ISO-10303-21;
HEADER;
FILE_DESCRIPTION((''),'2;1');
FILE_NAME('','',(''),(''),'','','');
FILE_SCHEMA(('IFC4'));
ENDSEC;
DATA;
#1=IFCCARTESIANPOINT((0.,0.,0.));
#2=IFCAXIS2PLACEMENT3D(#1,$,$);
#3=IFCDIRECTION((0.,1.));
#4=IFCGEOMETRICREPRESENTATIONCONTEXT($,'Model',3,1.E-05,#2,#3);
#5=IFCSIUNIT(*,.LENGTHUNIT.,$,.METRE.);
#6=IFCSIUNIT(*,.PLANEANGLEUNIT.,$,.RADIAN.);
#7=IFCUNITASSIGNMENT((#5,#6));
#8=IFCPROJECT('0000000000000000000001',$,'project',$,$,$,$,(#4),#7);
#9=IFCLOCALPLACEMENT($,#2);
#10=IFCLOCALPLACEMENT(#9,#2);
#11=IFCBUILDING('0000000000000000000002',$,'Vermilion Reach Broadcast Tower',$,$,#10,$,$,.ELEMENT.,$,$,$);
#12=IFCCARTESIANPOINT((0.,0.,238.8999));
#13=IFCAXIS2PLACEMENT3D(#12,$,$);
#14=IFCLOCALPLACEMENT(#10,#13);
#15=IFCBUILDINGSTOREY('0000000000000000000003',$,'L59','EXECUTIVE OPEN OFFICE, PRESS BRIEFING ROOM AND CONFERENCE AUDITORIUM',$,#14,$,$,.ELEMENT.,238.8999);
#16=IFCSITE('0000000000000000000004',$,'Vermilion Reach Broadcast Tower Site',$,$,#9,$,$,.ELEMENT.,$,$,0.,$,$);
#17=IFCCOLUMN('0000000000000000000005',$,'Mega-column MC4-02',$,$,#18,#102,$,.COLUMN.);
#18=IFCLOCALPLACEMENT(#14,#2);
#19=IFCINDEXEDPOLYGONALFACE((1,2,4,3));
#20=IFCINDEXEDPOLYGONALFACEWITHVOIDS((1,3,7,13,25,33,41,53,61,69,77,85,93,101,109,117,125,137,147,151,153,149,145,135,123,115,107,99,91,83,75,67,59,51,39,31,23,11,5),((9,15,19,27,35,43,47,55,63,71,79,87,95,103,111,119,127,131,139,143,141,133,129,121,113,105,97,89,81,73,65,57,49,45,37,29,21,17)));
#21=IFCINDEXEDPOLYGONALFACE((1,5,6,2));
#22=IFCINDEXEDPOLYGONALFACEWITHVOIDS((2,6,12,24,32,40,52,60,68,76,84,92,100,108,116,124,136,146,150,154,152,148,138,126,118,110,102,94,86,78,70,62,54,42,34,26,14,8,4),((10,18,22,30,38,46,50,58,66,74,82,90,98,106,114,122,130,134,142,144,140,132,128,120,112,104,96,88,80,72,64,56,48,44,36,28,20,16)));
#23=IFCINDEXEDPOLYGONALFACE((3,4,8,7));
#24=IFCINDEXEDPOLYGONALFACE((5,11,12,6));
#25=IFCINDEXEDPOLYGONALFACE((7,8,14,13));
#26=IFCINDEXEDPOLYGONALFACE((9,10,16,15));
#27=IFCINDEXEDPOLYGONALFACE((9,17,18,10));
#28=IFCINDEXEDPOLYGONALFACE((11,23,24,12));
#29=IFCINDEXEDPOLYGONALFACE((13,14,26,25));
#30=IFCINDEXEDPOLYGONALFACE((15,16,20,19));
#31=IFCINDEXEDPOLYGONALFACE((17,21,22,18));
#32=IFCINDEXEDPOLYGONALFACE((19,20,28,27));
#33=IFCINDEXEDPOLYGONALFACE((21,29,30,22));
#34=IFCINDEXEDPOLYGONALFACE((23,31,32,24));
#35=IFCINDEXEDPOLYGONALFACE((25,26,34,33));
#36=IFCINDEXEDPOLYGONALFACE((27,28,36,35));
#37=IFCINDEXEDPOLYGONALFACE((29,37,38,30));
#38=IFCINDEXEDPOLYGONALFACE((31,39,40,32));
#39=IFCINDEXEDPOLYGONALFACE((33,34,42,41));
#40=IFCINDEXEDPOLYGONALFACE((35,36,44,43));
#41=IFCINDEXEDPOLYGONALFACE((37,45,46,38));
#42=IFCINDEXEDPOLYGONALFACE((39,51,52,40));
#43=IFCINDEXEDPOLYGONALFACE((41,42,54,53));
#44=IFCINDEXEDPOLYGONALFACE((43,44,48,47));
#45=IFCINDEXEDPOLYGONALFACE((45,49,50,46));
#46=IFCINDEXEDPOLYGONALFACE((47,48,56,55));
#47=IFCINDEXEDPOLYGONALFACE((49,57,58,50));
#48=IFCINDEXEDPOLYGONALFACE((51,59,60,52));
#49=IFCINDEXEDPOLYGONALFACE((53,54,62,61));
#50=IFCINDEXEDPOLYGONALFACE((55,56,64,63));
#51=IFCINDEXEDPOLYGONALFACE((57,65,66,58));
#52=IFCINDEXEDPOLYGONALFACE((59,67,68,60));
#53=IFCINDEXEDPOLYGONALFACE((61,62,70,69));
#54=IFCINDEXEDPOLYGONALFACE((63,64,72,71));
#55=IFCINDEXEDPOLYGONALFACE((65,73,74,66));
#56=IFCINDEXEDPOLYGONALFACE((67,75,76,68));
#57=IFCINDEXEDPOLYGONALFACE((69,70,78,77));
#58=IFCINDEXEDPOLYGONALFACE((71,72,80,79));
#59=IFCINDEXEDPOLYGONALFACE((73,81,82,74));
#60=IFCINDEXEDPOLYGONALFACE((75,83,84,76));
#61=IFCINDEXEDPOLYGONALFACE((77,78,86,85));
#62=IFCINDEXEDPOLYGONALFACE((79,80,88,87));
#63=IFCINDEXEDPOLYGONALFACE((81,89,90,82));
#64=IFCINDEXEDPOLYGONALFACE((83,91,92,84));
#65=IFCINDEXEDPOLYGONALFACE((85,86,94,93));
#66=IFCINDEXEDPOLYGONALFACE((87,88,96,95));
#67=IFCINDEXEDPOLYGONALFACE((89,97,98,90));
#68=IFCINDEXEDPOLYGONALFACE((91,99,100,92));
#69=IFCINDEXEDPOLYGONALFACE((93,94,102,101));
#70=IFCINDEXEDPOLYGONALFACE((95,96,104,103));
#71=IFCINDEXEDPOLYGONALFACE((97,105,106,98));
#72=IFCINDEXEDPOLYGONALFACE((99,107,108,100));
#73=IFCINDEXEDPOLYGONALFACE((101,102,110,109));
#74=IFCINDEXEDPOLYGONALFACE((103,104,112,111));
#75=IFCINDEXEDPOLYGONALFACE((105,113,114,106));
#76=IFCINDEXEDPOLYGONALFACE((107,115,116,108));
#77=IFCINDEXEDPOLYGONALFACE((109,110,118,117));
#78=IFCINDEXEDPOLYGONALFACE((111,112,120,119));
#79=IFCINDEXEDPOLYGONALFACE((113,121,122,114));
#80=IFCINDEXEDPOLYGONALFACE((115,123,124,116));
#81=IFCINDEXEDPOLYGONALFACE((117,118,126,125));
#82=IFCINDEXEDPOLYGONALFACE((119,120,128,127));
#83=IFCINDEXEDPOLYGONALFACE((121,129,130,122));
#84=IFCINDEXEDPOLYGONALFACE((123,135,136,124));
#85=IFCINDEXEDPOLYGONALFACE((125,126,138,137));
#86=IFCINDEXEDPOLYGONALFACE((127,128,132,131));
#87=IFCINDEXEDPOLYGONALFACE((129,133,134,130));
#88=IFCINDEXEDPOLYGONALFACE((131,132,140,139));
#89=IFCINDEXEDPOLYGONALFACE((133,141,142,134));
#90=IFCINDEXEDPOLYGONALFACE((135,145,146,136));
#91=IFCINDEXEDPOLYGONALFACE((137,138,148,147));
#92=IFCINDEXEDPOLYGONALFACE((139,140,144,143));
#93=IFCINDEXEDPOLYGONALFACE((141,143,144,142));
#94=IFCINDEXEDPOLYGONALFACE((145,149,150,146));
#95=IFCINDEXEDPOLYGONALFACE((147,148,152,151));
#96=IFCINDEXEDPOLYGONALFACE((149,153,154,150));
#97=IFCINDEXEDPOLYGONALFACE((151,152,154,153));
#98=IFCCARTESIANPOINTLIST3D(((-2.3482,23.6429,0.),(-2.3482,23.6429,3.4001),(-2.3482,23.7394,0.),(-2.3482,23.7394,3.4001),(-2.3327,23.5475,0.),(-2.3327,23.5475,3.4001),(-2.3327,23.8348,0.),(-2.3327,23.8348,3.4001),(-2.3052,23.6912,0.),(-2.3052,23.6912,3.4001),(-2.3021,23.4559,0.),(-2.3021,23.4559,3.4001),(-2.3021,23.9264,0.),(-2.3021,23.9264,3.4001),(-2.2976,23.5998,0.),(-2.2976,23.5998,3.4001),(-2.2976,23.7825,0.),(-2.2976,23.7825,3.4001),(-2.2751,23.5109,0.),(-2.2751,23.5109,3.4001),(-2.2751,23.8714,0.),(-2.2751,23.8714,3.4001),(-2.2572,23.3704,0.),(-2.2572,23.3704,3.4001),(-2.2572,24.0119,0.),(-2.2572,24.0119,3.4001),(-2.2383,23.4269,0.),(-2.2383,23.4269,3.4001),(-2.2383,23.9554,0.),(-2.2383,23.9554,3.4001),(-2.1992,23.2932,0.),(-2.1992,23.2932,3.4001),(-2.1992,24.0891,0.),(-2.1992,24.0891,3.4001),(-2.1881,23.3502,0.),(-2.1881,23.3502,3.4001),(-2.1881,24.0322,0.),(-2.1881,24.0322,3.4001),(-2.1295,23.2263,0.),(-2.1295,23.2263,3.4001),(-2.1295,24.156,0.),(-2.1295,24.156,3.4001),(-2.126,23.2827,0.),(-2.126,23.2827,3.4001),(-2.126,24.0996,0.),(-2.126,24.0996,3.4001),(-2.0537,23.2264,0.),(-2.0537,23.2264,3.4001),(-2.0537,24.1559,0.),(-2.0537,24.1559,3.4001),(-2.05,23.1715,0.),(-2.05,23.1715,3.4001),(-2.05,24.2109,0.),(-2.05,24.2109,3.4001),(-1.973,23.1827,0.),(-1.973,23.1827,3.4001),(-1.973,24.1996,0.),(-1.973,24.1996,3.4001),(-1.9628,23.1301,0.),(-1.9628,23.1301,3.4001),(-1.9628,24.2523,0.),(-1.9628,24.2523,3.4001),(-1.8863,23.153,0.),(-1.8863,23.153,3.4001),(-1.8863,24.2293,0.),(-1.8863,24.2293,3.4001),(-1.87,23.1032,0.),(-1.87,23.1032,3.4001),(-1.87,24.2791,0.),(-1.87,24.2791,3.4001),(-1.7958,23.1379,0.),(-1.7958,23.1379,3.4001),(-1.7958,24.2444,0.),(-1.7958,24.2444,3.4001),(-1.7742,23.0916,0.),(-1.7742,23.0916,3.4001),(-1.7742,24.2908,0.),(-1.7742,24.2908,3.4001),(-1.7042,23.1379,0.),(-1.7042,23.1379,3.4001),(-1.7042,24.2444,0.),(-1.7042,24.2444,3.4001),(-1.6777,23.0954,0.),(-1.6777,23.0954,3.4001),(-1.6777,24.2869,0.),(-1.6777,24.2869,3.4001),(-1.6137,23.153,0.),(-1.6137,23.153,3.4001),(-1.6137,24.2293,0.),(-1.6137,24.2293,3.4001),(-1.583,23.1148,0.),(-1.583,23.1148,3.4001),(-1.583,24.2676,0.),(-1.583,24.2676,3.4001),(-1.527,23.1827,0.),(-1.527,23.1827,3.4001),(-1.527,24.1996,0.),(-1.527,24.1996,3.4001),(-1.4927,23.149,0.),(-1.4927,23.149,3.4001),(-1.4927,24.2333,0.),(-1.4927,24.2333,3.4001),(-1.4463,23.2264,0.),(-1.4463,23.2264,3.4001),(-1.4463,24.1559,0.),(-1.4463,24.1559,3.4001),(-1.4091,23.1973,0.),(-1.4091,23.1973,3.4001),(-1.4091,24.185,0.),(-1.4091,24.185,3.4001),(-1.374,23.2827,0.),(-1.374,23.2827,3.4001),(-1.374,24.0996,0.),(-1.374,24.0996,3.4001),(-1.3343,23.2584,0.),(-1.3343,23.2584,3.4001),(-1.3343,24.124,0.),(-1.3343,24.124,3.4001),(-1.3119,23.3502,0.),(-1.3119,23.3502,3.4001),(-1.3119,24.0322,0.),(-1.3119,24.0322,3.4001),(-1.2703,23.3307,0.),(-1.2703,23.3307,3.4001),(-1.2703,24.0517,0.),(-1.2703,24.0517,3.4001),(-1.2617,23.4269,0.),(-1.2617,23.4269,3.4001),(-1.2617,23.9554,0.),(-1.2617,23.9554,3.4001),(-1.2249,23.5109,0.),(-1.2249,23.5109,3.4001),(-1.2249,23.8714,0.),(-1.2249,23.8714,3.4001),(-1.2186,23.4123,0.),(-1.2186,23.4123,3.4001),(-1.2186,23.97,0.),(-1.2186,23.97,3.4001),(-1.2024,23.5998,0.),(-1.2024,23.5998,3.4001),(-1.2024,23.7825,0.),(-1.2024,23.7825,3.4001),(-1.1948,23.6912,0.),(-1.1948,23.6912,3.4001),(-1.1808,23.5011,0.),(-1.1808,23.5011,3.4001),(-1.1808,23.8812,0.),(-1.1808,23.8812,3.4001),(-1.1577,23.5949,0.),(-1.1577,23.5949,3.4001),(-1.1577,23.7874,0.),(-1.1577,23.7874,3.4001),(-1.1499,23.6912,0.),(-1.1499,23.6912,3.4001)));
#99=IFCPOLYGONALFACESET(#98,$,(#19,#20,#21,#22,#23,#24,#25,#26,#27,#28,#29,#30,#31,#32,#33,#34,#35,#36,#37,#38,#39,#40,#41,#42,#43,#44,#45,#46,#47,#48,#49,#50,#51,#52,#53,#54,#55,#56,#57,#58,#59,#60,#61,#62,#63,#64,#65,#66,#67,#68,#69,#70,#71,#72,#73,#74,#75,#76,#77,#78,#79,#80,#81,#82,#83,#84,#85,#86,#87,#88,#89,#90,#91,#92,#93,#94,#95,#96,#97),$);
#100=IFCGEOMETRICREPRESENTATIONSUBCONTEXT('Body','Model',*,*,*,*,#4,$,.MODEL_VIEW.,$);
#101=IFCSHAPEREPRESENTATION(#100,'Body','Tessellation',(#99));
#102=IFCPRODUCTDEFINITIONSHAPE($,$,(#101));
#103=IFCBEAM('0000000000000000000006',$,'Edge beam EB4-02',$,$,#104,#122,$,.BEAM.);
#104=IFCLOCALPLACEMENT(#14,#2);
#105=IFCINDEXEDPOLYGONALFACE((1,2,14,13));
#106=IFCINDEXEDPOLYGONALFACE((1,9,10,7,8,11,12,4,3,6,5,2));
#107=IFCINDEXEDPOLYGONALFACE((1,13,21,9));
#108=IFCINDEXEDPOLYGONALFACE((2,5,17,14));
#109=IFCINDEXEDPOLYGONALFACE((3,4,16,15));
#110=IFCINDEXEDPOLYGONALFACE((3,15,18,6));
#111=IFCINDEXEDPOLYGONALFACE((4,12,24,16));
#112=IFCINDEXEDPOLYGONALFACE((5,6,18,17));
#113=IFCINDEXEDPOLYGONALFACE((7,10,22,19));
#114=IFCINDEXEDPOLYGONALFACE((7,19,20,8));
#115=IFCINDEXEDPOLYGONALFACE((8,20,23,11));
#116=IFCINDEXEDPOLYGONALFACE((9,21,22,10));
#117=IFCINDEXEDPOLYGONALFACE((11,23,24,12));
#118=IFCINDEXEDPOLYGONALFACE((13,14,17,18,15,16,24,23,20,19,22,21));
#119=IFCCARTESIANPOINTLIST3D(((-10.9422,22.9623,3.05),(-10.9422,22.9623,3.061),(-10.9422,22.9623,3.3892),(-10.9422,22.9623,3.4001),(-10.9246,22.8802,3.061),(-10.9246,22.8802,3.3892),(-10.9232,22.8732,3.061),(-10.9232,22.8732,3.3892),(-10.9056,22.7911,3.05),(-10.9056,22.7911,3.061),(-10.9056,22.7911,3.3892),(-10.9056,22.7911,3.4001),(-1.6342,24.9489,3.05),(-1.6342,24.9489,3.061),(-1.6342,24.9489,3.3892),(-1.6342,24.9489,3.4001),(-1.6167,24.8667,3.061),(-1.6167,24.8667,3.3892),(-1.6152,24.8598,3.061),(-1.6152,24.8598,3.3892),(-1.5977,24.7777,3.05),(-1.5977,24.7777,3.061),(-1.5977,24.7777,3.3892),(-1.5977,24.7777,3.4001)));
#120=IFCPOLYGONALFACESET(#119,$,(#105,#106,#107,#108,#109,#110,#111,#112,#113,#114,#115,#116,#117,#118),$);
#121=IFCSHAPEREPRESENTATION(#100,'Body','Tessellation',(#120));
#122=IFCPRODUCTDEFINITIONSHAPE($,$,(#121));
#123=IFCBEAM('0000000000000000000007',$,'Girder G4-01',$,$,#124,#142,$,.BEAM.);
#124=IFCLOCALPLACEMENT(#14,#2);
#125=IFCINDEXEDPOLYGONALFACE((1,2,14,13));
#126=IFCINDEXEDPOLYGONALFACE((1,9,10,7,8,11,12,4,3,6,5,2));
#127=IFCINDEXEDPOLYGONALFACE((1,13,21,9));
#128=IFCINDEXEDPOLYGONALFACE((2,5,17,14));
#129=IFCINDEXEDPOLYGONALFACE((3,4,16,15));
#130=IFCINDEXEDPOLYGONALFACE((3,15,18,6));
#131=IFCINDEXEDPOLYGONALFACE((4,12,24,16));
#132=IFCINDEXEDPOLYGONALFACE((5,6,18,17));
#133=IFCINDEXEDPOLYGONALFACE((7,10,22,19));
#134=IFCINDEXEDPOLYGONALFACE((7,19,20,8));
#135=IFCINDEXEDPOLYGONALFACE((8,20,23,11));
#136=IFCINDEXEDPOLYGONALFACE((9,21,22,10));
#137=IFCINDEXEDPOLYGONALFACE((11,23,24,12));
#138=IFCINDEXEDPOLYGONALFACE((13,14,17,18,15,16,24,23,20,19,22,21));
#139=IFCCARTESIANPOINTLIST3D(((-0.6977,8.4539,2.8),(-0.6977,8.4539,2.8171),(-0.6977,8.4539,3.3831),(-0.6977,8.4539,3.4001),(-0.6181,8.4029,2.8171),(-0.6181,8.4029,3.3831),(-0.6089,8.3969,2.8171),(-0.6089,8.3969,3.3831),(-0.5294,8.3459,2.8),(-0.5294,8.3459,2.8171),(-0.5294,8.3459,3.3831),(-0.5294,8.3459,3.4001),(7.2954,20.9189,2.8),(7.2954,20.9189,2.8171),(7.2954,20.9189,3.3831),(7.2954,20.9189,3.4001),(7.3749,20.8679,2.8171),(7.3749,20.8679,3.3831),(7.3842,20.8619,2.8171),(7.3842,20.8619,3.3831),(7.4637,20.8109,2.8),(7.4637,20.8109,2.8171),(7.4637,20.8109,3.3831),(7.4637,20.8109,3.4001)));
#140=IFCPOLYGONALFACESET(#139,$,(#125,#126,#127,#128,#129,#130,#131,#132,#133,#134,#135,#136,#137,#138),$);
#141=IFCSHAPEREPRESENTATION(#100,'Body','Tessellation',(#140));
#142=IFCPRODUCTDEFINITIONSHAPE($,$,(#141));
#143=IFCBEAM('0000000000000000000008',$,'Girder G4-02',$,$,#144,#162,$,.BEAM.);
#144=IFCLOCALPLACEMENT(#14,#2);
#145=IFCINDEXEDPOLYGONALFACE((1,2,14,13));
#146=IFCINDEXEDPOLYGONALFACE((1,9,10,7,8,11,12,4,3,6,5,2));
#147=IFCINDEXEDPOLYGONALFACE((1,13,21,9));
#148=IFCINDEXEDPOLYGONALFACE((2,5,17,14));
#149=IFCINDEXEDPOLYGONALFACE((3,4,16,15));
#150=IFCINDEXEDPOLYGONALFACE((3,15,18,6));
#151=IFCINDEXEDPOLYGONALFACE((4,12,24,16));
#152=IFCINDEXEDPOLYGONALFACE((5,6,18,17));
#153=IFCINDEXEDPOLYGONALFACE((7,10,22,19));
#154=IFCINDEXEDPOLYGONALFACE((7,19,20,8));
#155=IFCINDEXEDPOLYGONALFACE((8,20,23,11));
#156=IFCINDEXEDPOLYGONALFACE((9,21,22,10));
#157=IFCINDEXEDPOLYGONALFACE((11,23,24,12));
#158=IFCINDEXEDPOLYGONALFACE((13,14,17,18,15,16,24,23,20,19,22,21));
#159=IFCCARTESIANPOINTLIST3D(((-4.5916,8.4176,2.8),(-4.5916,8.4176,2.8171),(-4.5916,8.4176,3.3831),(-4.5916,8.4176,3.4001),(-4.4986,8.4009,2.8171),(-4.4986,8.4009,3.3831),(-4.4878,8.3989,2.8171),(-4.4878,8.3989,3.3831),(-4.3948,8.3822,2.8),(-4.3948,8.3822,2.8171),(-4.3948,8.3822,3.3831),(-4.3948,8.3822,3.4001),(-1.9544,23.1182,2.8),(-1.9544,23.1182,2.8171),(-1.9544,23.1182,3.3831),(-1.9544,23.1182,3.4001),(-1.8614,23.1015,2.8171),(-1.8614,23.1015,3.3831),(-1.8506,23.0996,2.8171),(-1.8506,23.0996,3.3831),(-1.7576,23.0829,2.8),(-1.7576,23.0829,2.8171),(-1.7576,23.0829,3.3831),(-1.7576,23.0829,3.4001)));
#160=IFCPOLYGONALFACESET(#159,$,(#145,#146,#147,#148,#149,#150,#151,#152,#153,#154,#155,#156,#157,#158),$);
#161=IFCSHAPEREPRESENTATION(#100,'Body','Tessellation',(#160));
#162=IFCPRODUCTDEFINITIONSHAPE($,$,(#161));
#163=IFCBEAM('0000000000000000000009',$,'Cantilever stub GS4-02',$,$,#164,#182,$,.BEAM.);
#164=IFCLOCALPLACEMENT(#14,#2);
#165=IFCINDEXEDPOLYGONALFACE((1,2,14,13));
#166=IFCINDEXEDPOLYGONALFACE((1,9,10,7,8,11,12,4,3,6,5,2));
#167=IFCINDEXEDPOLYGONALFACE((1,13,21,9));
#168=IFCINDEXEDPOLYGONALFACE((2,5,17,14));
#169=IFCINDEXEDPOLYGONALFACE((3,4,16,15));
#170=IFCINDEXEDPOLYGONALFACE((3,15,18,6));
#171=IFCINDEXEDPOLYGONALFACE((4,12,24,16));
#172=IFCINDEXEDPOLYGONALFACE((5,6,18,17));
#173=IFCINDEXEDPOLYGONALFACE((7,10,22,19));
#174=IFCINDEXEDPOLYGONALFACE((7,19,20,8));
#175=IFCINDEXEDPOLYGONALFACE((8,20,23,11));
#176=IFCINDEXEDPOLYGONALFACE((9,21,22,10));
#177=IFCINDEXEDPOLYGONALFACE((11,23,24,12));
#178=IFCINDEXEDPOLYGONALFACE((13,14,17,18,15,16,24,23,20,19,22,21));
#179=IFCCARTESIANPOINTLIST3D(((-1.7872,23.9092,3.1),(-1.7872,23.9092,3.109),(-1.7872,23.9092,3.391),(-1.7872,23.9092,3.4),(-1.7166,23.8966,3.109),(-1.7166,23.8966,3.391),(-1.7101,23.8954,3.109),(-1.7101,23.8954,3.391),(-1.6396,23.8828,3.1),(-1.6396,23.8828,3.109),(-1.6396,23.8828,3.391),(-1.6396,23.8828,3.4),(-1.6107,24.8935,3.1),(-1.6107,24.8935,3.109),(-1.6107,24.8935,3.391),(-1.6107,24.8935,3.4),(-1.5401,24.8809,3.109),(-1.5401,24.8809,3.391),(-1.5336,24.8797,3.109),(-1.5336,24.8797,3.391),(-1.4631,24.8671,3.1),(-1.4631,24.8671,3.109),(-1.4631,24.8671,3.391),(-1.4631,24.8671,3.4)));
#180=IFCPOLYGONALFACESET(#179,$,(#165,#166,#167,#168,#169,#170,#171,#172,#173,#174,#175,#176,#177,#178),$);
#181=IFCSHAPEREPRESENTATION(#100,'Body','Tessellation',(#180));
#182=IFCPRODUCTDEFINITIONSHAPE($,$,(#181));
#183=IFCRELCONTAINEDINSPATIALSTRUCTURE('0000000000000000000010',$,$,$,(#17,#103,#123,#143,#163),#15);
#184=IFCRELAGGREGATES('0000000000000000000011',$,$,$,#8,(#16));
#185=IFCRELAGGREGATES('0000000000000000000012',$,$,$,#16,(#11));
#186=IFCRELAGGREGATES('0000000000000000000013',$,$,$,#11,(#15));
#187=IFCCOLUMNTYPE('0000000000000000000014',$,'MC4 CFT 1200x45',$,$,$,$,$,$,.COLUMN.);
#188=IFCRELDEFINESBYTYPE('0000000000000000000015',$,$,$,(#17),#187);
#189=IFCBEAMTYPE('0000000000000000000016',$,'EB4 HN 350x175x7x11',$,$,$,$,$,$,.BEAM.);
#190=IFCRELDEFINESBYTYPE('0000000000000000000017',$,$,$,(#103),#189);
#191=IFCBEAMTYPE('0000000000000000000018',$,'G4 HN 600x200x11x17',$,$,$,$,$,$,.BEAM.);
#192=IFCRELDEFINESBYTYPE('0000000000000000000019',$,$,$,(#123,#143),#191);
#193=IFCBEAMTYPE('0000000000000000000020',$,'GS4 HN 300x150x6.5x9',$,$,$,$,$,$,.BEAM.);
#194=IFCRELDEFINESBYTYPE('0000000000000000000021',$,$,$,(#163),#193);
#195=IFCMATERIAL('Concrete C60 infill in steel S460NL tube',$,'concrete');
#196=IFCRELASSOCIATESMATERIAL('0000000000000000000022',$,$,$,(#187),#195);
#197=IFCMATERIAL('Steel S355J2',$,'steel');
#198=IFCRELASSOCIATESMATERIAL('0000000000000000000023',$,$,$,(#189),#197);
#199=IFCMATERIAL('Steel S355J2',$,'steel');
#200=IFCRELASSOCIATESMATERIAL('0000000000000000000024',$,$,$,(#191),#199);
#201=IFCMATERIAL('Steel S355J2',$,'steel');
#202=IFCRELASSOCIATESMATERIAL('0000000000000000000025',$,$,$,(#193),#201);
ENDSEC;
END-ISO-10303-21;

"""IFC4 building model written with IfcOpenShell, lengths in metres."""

from ifc_helpers import new_model, si_unit, direction, frame, origin, origin_2d, place, context, subcontext, project, spatial, hollow_circle, i_section, extrude, material, material_profile, profile_set, type_object, element, save


model = new_model("IFC4")

# Units and contexts
model_context = context("Model", 3, precision=1e-05, world=origin(), true_north=direction((0.0, 1.0)))
body_context = subcontext(model_context, "Body", "Model", "MODEL_VIEW")
ifc_project = project(units=[si_unit("LENGTHUNIT", "METRE"), si_unit("PLANEANGLEUNIT", "RADIAN")], contexts=[model_context])

# Site, building, storey
site_placement = place(None, origin())
site = spatial("IfcSite", under=ifc_project, at=site_placement, Name="Vermilion Reach Broadcast Tower Site", CompositionType="ELEMENT", RefElevation=0.0)
building_placement = place(site_placement, origin())
building = spatial("IfcBuilding", under=site, at=building_placement, Name="Vermilion Reach Broadcast Tower", CompositionType="ELEMENT")
storey_placement = place(building_placement, frame((0.0, 0.0, 238.8999)))
storey = spatial("IfcBuildingStorey", under=building, at=storey_placement, Name="L59", Description="EXECUTIVE OPEN OFFICE, PRESS BRIEFING ROOM AND CONFERENCE AUDITORIUM", CompositionType="ELEMENT", Elevation=238.8999)

# Column
ifc_material_1 = material(Name="Concrete C60 infill in steel S460NL tube", Category="concrete")
ifc_material_profile_1 = material_profile(ifc_material_1, hollow_circle(Radius=0.6001, WallThickness=0.0449, at=origin_2d()), Name="Concrete C60 infill in steel S460NL tube CFT 1200x45")
ifc_profile_set_1 = profile_set([ifc_material_profile_1], Name="Concrete C60 infill in steel S460NL tube")
column_type = type_object("IfcColumnType", Name="MC4 CFT 1200x45", PredefinedType="COLUMN", material=ifc_profile_set_1)
column_placement = place(storey_placement, frame((-1.75, 23.6912, 0.0), z_axis=(0.0, 0.0, 1.0), x_axis=(1.0, 0.0, 0.0)))
element("IfcColumn", 1, at=column_placement, inside=storey, type_object=column_type, Name="Mega-column MC4-02", PredefinedType="COLUMN", context=body_context, shape_type="SweptSolid", body=[
    extrude(hollow_circle(Radius=0.6001, WallThickness=0.0449, at=origin_2d()), origin(), (0.0, 0.0, 1.0), 3.4001),
])

# Beams
ifc_material_2 = material(Name="Steel S355J2", Category="steel")
ifc_material_profile_2 = material_profile(ifc_material_2, i_section(OverallWidth=0.175, OverallDepth=0.3501, WebThickness=0.0071, FlangeThickness=0.011, at=origin_2d()), Name="S355J2 HN 350x175x7x11")
ifc_profile_set_2 = profile_set([ifc_material_profile_2], Name="Steel S355J2")
beam_type_1 = type_object("IfcBeamType", Name="EB4 HN 350x175x7x11", PredefinedType="BEAM", material=ifc_profile_set_2)
beam_1_placement = place(storey_placement, frame((-1.616, 24.8633, 3.2251), z_axis=(-0.977974, -0.208728, 0.0), x_axis=(0.208728, -0.977974, 0.0)))
element("IfcBeam", 2, at=beam_1_placement, inside=storey, type_object=beam_type_1, Name="Edge beam EB4-02", PredefinedType="BEAM", context=body_context, shape_type="SweptSolid", body=[
    extrude(i_section(OverallWidth=0.175, OverallDepth=0.3501, WebThickness=0.0071, FlangeThickness=0.011, at=origin_2d()), origin(), (0.0, 0.0, 1.0), 9.5176),
])
ifc_material_3 = material(Name="Steel S355J2", Category="steel")
ifc_material_profile_3 = material_profile(ifc_material_3, i_section(OverallWidth=0.2, OverallDepth=0.6001, WebThickness=0.011, FlangeThickness=0.0171, at=origin_2d()), Name="S355J2 HN 600x200x11x17")
ifc_profile_set_3 = profile_set([ifc_material_profile_3], Name="Steel S355J2")
beam_type_2 = type_object("IfcBeamType", Name="G4 HN 600x200x11x17", PredefinedType="BEAM", material=ifc_profile_set_3)
beam_2_placement = place(storey_placement, frame((-0.6135, 8.3999, 3.1001), z_axis=(0.539796, 0.841796, 0.0), x_axis=(-0.841796, 0.539796, 0.0)))
element("IfcBeam", 3, at=beam_2_placement, inside=storey, type_object=beam_type_2, Name="Girder G4-01", PredefinedType="BEAM", context=body_context, shape_type="SweptSolid", body=[
    extrude(i_section(OverallWidth=0.2, OverallDepth=0.6001, WebThickness=0.011, FlangeThickness=0.0171, at=origin_2d()), origin(), (0.0, 0.0, 1.0), 14.8076),
])
beam_3_placement = place(storey_placement, frame((-4.4932, 8.3999, 3.1001), z_axis=(0.176575, 0.984287, 0.0), x_axis=(-0.984287, 0.176575, 0.0)))
element("IfcBeam", 4, at=beam_3_placement, inside=storey, type_object=beam_type_2, Name="Girder G4-02", PredefinedType="BEAM", context=body_context, shape_type="SweptSolid", body=[
    extrude(i_section(OverallWidth=0.2, OverallDepth=0.6001, WebThickness=0.011, FlangeThickness=0.0171, at=origin_2d()), origin(), (0.0, 0.0, 1.0), 14.9353),
])
ifc_material_4 = material(Name="Steel S355J2", Category="steel")
ifc_material_profile_4 = material_profile(ifc_material_4, i_section(OverallWidth=0.1499, OverallDepth=0.3, WebThickness=0.0066, FlangeThickness=0.009, at=origin_2d()), Name="S355J2 HN 300x150x6.5x9")
ifc_profile_set_4 = profile_set([ifc_material_profile_4], Name="Steel S355J2")
beam_type_3 = type_object("IfcBeamType", Name="GS4 HN 300x150x6.5x9", PredefinedType="BEAM", material=ifc_profile_set_4)
beam_4_placement = place(storey_placement, frame((-1.7134, 23.896, 3.25), z_axis=(0.1765, 0.984301, 0.0), x_axis=(-0.984301, 0.1765, 0.0)))
element("IfcBeam", 5, at=beam_4_placement, inside=storey, type_object=beam_type_3, Name="Cantilever stub GS4-02", PredefinedType="BEAM", context=body_context, shape_type="SweptSolid", body=[
    extrude(i_section(OverallWidth=0.1499, OverallDepth=0.3, WebThickness=0.0066, FlangeThickness=0.009, at=origin_2d()), origin(), (0.0, 0.0, 1.0), 1.0),
])

save(model, "model.ifc")
